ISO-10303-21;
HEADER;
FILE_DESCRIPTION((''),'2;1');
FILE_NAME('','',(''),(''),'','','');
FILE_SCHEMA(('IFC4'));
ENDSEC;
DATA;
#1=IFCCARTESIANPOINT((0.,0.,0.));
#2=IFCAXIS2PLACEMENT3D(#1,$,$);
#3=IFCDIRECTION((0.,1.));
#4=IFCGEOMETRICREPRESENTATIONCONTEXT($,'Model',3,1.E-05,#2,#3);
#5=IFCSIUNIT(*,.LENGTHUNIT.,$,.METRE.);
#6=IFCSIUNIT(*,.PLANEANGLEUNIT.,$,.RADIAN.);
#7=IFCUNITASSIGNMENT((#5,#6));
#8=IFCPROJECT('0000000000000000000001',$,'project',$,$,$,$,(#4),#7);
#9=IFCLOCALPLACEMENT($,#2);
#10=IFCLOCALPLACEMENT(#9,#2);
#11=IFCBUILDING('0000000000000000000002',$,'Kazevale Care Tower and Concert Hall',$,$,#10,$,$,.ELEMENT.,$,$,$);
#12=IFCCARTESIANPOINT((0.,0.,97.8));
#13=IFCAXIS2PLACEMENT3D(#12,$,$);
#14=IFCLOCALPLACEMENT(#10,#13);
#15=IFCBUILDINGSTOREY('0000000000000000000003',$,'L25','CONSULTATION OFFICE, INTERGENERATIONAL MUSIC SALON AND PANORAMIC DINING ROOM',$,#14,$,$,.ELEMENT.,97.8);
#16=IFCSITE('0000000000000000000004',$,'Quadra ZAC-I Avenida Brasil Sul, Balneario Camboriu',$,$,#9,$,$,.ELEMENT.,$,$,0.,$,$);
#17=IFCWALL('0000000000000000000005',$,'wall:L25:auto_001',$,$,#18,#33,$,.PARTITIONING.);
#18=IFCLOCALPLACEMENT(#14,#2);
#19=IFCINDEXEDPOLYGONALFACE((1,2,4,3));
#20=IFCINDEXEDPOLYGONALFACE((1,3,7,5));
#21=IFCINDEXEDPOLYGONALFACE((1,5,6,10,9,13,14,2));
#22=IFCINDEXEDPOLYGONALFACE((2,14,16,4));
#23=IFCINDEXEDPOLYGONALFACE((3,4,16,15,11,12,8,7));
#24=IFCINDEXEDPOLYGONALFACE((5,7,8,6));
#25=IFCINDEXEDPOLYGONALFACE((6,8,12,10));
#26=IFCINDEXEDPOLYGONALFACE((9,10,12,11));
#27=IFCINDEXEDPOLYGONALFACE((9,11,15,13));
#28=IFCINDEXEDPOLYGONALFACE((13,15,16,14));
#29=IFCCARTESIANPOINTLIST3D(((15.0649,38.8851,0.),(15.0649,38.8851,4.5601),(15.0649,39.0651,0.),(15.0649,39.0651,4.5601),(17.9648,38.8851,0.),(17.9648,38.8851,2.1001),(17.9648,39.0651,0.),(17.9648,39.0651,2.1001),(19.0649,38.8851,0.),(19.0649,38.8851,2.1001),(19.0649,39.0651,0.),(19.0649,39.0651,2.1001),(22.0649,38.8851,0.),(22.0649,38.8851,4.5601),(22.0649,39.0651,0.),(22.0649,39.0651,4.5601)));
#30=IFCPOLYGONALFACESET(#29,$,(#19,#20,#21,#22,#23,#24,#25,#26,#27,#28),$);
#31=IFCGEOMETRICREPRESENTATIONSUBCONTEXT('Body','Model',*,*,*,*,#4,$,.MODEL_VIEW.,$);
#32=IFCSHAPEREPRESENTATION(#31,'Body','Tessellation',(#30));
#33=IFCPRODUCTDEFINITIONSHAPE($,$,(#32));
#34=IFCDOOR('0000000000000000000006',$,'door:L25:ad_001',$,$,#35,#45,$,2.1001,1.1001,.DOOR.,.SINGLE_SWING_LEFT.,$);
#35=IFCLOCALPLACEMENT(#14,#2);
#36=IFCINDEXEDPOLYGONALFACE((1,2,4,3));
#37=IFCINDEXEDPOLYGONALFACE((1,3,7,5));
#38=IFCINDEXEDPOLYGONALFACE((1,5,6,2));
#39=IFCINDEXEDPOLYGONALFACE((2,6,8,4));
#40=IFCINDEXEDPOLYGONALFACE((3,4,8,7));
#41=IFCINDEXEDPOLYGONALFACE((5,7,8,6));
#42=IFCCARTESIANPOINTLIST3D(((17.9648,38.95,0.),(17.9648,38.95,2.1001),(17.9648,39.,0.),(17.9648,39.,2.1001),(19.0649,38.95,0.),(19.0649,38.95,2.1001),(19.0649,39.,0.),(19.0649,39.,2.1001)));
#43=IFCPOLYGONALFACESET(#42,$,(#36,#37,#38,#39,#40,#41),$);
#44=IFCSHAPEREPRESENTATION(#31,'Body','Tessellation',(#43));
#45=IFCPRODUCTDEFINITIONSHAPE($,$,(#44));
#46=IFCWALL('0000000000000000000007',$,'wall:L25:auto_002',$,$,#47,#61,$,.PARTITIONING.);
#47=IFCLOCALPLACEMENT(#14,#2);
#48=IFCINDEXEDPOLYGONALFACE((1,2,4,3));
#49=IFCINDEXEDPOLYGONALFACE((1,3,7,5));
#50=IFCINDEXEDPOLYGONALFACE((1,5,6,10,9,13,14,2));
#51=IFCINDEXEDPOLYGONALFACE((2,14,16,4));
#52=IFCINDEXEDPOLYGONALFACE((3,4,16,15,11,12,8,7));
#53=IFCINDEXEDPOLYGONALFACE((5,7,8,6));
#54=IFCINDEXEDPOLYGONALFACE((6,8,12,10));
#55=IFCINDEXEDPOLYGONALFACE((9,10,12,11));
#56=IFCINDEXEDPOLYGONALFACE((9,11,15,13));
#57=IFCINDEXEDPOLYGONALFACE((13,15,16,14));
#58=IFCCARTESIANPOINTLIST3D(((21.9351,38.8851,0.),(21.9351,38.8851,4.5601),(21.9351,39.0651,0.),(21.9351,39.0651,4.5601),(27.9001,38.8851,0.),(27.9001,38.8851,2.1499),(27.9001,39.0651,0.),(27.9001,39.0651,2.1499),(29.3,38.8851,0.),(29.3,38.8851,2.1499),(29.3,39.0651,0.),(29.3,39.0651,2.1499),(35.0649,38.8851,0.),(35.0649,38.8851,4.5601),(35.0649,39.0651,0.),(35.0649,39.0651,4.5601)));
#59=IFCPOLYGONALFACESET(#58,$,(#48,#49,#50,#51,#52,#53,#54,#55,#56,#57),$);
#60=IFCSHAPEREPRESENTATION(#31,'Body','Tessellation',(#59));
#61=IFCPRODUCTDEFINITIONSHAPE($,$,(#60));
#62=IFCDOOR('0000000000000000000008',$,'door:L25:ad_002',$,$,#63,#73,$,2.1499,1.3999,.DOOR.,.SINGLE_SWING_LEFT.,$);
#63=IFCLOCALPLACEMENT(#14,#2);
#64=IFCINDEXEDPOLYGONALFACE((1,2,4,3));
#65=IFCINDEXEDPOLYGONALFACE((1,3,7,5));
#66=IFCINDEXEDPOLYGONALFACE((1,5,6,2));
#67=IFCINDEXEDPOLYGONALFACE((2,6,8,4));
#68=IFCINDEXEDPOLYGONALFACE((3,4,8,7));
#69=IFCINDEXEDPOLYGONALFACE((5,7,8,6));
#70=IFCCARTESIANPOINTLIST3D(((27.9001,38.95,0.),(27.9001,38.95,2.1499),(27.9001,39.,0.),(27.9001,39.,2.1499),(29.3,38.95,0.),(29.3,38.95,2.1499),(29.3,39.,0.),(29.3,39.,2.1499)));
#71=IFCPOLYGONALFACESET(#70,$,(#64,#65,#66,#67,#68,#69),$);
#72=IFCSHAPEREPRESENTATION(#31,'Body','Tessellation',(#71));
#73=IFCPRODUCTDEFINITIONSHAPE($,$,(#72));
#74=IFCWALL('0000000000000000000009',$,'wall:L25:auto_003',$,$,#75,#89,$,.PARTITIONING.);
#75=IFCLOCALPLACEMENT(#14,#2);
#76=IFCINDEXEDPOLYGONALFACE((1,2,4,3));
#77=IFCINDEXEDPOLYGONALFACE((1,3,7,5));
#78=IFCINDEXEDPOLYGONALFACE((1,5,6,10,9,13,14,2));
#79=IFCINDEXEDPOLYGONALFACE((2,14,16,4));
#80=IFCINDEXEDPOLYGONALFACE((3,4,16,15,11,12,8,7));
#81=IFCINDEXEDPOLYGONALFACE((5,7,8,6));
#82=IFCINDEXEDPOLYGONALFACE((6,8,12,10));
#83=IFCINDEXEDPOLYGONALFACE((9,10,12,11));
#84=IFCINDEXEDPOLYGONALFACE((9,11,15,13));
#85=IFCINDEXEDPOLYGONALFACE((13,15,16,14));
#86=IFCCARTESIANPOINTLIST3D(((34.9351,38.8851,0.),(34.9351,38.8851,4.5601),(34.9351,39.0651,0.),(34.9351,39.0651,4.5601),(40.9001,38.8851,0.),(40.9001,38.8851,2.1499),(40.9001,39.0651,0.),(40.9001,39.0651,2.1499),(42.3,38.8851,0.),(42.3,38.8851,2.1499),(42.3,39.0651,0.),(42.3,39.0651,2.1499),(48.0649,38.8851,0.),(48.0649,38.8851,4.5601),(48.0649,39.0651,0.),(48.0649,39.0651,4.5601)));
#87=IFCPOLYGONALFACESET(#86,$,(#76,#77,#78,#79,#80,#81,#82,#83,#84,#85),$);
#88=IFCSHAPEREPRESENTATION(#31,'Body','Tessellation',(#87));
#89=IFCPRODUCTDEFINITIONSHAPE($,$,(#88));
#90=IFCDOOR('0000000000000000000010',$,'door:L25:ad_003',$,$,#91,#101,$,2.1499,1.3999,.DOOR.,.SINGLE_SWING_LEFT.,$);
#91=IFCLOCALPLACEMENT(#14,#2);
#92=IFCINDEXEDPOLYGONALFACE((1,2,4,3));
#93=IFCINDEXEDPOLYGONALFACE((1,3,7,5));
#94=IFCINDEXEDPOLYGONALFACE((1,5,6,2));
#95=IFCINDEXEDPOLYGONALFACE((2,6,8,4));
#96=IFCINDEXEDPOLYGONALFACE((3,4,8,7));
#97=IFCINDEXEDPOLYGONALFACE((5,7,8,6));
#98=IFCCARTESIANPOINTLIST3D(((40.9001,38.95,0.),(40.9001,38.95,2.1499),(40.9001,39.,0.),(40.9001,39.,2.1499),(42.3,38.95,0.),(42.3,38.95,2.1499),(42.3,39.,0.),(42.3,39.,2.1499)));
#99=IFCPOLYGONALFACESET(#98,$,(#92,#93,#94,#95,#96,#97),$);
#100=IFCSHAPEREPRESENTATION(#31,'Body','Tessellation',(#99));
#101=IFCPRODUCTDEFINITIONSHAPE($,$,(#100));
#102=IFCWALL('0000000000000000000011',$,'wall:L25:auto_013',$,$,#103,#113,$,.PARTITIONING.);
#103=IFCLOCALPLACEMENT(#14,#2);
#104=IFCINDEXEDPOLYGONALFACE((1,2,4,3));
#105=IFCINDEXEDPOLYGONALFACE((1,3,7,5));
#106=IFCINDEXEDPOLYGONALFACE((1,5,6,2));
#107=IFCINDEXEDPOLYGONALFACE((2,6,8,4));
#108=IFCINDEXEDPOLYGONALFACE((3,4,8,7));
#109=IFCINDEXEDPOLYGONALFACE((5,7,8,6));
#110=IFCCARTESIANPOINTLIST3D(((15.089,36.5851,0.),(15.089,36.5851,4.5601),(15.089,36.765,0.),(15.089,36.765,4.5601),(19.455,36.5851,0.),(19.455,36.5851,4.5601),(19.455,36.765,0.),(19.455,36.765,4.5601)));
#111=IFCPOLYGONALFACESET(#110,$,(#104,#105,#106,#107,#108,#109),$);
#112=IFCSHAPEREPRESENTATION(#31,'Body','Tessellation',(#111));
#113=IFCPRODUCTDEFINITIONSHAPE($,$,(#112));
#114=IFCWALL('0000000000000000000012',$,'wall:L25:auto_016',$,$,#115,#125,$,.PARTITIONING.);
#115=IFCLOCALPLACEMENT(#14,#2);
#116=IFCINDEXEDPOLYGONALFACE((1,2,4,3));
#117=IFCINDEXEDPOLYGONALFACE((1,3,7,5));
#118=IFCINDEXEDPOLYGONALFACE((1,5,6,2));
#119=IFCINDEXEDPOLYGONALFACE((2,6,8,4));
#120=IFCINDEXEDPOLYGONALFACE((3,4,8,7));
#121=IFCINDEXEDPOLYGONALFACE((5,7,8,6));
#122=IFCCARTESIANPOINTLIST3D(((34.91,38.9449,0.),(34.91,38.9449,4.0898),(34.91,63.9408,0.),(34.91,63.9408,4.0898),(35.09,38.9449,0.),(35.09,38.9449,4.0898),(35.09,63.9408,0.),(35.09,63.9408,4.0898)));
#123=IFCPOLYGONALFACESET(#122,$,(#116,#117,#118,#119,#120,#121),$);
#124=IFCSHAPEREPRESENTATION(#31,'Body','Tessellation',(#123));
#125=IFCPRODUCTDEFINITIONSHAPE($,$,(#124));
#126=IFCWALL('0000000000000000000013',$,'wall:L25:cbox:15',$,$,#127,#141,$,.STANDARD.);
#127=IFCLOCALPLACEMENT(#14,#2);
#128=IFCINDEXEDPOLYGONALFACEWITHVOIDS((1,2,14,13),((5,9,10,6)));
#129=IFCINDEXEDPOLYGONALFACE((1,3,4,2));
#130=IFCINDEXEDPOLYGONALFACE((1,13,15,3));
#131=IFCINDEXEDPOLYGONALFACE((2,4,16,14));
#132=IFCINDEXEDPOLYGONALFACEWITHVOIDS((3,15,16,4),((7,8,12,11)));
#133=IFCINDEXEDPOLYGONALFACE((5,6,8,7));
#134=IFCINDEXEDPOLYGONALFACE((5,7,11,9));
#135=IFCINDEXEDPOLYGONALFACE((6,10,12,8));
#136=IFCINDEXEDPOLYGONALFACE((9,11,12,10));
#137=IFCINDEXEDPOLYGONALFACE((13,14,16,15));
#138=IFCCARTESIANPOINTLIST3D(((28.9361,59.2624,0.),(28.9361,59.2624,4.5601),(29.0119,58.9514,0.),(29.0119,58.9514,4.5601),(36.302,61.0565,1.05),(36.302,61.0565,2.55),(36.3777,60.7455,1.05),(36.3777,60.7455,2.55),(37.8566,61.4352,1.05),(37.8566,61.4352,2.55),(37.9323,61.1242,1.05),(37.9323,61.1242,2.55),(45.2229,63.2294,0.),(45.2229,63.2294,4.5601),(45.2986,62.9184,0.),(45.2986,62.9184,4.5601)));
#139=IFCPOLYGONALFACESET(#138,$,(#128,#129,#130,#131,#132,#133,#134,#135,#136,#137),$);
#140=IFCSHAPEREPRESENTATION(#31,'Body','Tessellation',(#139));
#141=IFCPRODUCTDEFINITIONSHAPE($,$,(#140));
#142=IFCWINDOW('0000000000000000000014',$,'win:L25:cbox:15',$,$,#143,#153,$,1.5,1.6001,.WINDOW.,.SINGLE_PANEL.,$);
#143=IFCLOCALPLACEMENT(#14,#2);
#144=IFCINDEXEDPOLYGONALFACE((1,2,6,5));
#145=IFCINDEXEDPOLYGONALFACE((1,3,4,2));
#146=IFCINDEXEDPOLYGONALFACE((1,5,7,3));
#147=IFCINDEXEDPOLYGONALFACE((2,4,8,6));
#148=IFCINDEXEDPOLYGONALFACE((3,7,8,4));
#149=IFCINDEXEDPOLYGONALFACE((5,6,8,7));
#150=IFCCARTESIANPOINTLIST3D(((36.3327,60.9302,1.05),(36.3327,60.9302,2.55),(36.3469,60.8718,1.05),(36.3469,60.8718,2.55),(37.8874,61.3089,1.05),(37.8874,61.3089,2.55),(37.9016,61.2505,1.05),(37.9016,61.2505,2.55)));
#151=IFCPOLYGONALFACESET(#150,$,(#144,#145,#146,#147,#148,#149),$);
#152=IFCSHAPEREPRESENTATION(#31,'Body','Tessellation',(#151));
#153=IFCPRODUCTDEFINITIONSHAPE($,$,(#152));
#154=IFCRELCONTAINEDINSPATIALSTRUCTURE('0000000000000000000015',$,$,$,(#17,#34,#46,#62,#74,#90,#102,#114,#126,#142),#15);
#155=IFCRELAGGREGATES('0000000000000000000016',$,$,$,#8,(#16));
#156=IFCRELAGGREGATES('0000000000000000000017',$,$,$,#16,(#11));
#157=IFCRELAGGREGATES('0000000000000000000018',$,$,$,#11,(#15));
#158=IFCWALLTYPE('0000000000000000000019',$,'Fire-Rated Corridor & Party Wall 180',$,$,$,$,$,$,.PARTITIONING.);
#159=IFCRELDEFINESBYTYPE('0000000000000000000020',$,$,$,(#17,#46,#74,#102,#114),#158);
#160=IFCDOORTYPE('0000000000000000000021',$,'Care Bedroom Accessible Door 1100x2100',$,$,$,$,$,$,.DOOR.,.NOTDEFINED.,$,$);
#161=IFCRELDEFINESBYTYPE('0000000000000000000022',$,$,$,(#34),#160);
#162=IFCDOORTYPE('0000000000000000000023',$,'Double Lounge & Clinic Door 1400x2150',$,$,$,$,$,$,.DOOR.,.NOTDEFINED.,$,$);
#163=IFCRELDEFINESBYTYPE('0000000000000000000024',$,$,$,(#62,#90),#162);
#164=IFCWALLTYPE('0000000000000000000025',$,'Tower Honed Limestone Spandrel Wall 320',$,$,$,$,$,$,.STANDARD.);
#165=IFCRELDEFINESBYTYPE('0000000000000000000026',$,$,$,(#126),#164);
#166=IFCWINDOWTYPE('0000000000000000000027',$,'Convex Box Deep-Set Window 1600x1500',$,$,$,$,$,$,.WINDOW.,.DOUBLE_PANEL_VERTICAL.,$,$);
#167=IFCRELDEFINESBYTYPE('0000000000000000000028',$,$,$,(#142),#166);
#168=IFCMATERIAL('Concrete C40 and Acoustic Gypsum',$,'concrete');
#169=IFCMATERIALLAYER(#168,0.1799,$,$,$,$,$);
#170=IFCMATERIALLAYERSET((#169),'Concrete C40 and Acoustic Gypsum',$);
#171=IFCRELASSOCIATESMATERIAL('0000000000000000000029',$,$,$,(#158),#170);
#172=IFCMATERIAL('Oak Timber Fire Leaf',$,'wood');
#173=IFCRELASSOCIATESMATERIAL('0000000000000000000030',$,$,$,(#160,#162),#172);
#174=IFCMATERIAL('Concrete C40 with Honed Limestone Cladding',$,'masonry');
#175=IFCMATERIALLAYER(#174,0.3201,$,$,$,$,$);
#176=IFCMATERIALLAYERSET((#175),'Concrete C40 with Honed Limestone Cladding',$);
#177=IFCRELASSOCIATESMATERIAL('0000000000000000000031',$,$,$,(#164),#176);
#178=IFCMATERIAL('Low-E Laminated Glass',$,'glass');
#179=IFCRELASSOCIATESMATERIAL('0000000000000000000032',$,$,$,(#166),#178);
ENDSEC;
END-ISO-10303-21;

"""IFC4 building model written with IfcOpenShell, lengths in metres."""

from ifc_helpers import new_model, si_unit, direction, frame, frame_2d, origin, place, context, subcontext, project, spatial, rectangle, extrude, material, layer, layer_set, type_object, element, fill, save


model = new_model("IFC4")

# Units and contexts
model_context = context("Model", 3, precision=1e-05, world=origin(), true_north=direction((0.0, 1.0)))
body_context = subcontext(model_context, "Body", "Model", "MODEL_VIEW")
ifc_project = project(units=[si_unit("LENGTHUNIT", "METRE"), si_unit("PLANEANGLEUNIT", "RADIAN")], contexts=[model_context])

# Site, building, storey
site_placement = place(None, origin())
site = spatial("IfcSite", under=ifc_project, at=site_placement, Name="Quadra ZAC-I Avenida Brasil Sul, Balneario Camboriu", CompositionType="ELEMENT", RefElevation=0.0)
building_placement = place(site_placement, origin())
building = spatial("IfcBuilding", under=site, at=building_placement, Name="Kazevale Care Tower and Concert Hall", CompositionType="ELEMENT")
storey_placement = place(building_placement, frame((0.0, 0.0, 97.8)))
storey = spatial("IfcBuildingStorey", under=building, at=storey_placement, Name="L25", Description="CONSULTATION OFFICE, INTERGENERATIONAL MUSIC SALON AND PANORAMIC DINING ROOM", CompositionType="ELEMENT", Elevation=97.8)

# Shared definitions
ifc_material_1 = material(Name="Low-E Laminated Glass", Category="glass")

# Walls, openings, doors
ifc_material_2 = material(Name="Concrete C40 and Acoustic Gypsum", Category="concrete")
ifc_layer_1 = layer(ifc_material_2, 0.1799)
ifc_layer_set_1 = layer_set([ifc_layer_1], Name="Concrete C40 and Acoustic Gypsum")
wall_type_1 = type_object("IfcWallType", Name="Fire-Rated Corridor & Party Wall 180", PredefinedType="PARTITIONING", material=ifc_layer_set_1)
wall_1_placement = place(storey_placement, frame((15.0649, 38.9751, 0.0), z_axis=(0.0, 0.0, 1.0), x_axis=(1.0, 0.0, 0.0)))
wall_1 = element("IfcWall", 1, at=wall_1_placement, inside=storey, type_object=wall_type_1, Name="wall:L25:auto_001", PredefinedType="PARTITIONING", context=body_context, shape_type="SweptSolid", body=[
    extrude(rectangle(XDim=7.0, YDim=0.1799, at=frame_2d((3.5, 0.0))), origin(), (0.0, 0.0, 1.0), 4.5601),
])
opening_1_placement = place(wall_1_placement, frame((2.8999, 0.0, 0.0)))
opening_1 = element("IfcOpeningElement", 2, at=opening_1_placement, cuts=wall_1, PredefinedType="OPENING", context=body_context, shape_type="SweptSolid", body=[
    extrude(rectangle(XDim=1.1001, YDim=2.1001, at=frame_2d((0.55, 1.05))), frame((0.0, 0.0999, 0.0), z_axis=(0.0, -1.0, 0.0), x_axis=(1.0, 0.0, 0.0)), (0.0, 0.0, 1.0), 0.2),
])
ifc_material_3 = material(Name="Oak Timber Fire Leaf", Category="wood")
door_type_1 = type_object("IfcDoorType", Name="Care Bedroom Accessible Door 1100x2100", OperationType="NOTDEFINED", PredefinedType="DOOR", material=ifc_material_3)
door_1_placement = place(opening_1_placement, origin())
door_1 = element("IfcDoor", 3, at=door_1_placement, inside=storey, type_object=door_type_1, Name="door:L25:ad_001", OperationType="SINGLE_SWING_LEFT", OverallHeight=2.1001, OverallWidth=1.1001, PredefinedType="DOOR", context=body_context, shape_type="SweptSolid", body=[
    extrude(rectangle(XDim=1.1001, YDim=2.1001, at=frame_2d((0.55, 1.05))), frame((0.0, 0.0249, 0.0), z_axis=(0.0, -1.0, 0.0), x_axis=(1.0, 0.0, 0.0)), (0.0, 0.0, 1.0), 0.05),
])
fill(opening_1, door_1)
wall_2_placement = place(storey_placement, frame((21.9351, 38.9751, 0.0), z_axis=(0.0, 0.0, 1.0), x_axis=(1.0, 0.0, 0.0)))
wall_2 = element("IfcWall", 4, at=wall_2_placement, inside=storey, type_object=wall_type_1, Name="wall:L25:auto_002", PredefinedType="PARTITIONING", context=body_context, shape_type="SweptSolid", body=[
    extrude(rectangle(XDim=13.1299, YDim=0.1799, at=frame_2d((6.5649, 0.0))), origin(), (0.0, 0.0, 1.0), 4.5601),
])
opening_2_placement = place(wall_2_placement, frame((5.9651, 0.0, 0.0)))
opening_2 = element("IfcOpeningElement", 5, at=opening_2_placement, cuts=wall_2, PredefinedType="OPENING", context=body_context, shape_type="SweptSolid", body=[
    extrude(rectangle(XDim=1.3999, YDim=2.1499, at=frame_2d((0.7, 1.075))), frame((0.0, 0.0999, 0.0), z_axis=(0.0, -1.0, 0.0), x_axis=(1.0, 0.0, 0.0)), (0.0, 0.0, 1.0), 0.2),
])
door_type_2 = type_object("IfcDoorType", Name="Double Lounge & Clinic Door 1400x2150", OperationType="NOTDEFINED", PredefinedType="DOOR", material=ifc_material_3)
door_2_placement = place(opening_2_placement, origin())
door_2 = element("IfcDoor", 6, at=door_2_placement, inside=storey, type_object=door_type_2, Name="door:L25:ad_002", OperationType="SINGLE_SWING_LEFT", OverallHeight=2.1499, OverallWidth=1.3999, PredefinedType="DOOR", context=body_context, shape_type="SweptSolid", body=[
    extrude(rectangle(XDim=1.3999, YDim=2.1499, at=frame_2d((0.7, 1.075))), frame((0.0, 0.0249, 0.0), z_axis=(0.0, -1.0, 0.0), x_axis=(1.0, 0.0, 0.0)), (0.0, 0.0, 1.0), 0.05),
])
fill(opening_2, door_2)
wall_3_placement = place(storey_placement, frame((34.9351, 38.9751, 0.0), z_axis=(0.0, 0.0, 1.0), x_axis=(1.0, 0.0, 0.0)))
wall_3 = element("IfcWall", 7, at=wall_3_placement, inside=storey, type_object=wall_type_1, Name="wall:L25:auto_003", PredefinedType="PARTITIONING", context=body_context, shape_type="SweptSolid", body=[
    extrude(rectangle(XDim=13.1299, YDim=0.1799, at=frame_2d((6.5649, 0.0))), origin(), (0.0, 0.0, 1.0), 4.5601),
])
opening_3_placement = place(wall_3_placement, frame((5.9651, 0.0, 0.0)))
opening_3 = element("IfcOpeningElement", 8, at=opening_3_placement, cuts=wall_3, PredefinedType="OPENING", context=body_context, shape_type="SweptSolid", body=[
    extrude(rectangle(XDim=1.3999, YDim=2.1499, at=frame_2d((0.7, 1.075))), frame((0.0, 0.0999, 0.0), z_axis=(0.0, -1.0, 0.0), x_axis=(1.0, 0.0, 0.0)), (0.0, 0.0, 1.0), 0.2),
])
door_3_placement = place(opening_3_placement, origin())
door_3 = element("IfcDoor", 9, at=door_3_placement, inside=storey, type_object=door_type_2, Name="door:L25:ad_003", OperationType="SINGLE_SWING_LEFT", OverallHeight=2.1499, OverallWidth=1.3999, PredefinedType="DOOR", context=body_context, shape_type="SweptSolid", body=[
    extrude(rectangle(XDim=1.3999, YDim=2.1499, at=frame_2d((0.7, 1.075))), frame((0.0, 0.0249, 0.0), z_axis=(0.0, -1.0, 0.0), x_axis=(1.0, 0.0, 0.0)), (0.0, 0.0, 1.0), 0.05),
])
fill(opening_3, door_3)

# Walls
wall_4_placement = place(storey_placement, frame((19.4551, 36.675, 0.0), z_axis=(0.0, 0.0, 1.0), x_axis=(-1.0, 0.0, 0.0)))
element("IfcWall", 10, at=wall_4_placement, inside=storey, type_object=wall_type_1, Name="wall:L25:auto_013", PredefinedType="PARTITIONING", context=body_context, shape_type="SweptSolid", body=[
    extrude(rectangle(XDim=4.366, YDim=0.1799, at=frame_2d((2.1831, 0.0))), origin(), (0.0, 0.0, 1.0), 4.5601),
])
wall_5_placement = place(storey_placement, frame((35.0, 63.9409, 0.0), z_axis=(0.0, 0.0, 1.0), x_axis=(0.0, -1.0, 0.0)))
element("IfcWall", 11, at=wall_5_placement, inside=storey, type_object=wall_type_1, Name="wall:L25:auto_016", PredefinedType="PARTITIONING", context=body_context, shape_type="SweptSolid", body=[
    extrude(rectangle(XDim=24.9958, YDim=0.1799, at=frame_2d((12.498, 0.0))), origin(), (0.0, 0.0, 1.0), 4.0898),
])

# Wall, opening, window
ifc_material_4 = material(Name="Concrete C40 with Honed Limestone Cladding", Category="masonry")
ifc_layer_2 = layer(ifc_material_4, 0.3201)
ifc_layer_set_2 = layer_set([ifc_layer_2], Name="Concrete C40 with Honed Limestone Cladding")
wall_type_2 = type_object("IfcWallType", Name="Tower Honed Limestone Spandrel Wall 320", PredefinedType="STANDARD", material=ifc_layer_set_2)
wall_6_placement = place(storey_placement, frame((28.9741, 59.1069, 0.0), z_axis=(0.0, 0.0, 1.0), x_axis=(0.971594, 0.236654, 0.0)))
wall_6 = element("IfcWall", 12, at=wall_6_placement, inside=storey, type_object=wall_type_2, Name="wall:L25:cbox:15", PredefinedType="STANDARD", context=body_context, shape_type="SweptSolid", body=[
    extrude(rectangle(XDim=16.7629, YDim=0.3201, at=frame_2d((8.3813, 0.0))), origin(), (0.0, 0.0, 1.0), 4.5601),
])
opening_4_placement = place(wall_6_placement, frame((7.5811, 0.0, 1.05)))
opening_4 = element("IfcOpeningElement", 13, at=opening_4_placement, cuts=wall_6, PredefinedType="OPENING", context=body_context, shape_type="SweptSolid", body=[
    extrude(rectangle(XDim=1.6001, YDim=1.5, at=frame_2d((0.8, 0.75))), frame((0.0, 0.1699, 0.0), z_axis=(0.0, -1.0, 0.0), x_axis=(1.0, 0.0, 0.0)), (0.0, 0.0, 1.0), 0.3401),
])
window_type = type_object("IfcWindowType", Name="Convex Box Deep-Set Window 1600x1500", PartitioningType="DOUBLE_PANEL_VERTICAL", PredefinedType="WINDOW", material=ifc_material_1)
window_placement = place(opening_4_placement, origin())
window = element("IfcWindow", 14, at=window_placement, inside=storey, type_object=window_type, Name="win:L25:cbox:15", OverallHeight=1.5, OverallWidth=1.6001, PartitioningType="SINGLE_PANEL", PredefinedType="WINDOW", context=body_context, shape_type="SweptSolid", body=[
    extrude(rectangle(XDim=1.6001, YDim=1.5, at=frame_2d((0.8, 0.75))), frame((0.0, 0.03, 0.0), z_axis=(0.0, -1.0, 0.0), x_axis=(1.0, 0.0, 0.0)), (0.0, 0.0, 1.0), 0.0601),
])
fill(opening_4, window)

save(model, "model.ifc")
